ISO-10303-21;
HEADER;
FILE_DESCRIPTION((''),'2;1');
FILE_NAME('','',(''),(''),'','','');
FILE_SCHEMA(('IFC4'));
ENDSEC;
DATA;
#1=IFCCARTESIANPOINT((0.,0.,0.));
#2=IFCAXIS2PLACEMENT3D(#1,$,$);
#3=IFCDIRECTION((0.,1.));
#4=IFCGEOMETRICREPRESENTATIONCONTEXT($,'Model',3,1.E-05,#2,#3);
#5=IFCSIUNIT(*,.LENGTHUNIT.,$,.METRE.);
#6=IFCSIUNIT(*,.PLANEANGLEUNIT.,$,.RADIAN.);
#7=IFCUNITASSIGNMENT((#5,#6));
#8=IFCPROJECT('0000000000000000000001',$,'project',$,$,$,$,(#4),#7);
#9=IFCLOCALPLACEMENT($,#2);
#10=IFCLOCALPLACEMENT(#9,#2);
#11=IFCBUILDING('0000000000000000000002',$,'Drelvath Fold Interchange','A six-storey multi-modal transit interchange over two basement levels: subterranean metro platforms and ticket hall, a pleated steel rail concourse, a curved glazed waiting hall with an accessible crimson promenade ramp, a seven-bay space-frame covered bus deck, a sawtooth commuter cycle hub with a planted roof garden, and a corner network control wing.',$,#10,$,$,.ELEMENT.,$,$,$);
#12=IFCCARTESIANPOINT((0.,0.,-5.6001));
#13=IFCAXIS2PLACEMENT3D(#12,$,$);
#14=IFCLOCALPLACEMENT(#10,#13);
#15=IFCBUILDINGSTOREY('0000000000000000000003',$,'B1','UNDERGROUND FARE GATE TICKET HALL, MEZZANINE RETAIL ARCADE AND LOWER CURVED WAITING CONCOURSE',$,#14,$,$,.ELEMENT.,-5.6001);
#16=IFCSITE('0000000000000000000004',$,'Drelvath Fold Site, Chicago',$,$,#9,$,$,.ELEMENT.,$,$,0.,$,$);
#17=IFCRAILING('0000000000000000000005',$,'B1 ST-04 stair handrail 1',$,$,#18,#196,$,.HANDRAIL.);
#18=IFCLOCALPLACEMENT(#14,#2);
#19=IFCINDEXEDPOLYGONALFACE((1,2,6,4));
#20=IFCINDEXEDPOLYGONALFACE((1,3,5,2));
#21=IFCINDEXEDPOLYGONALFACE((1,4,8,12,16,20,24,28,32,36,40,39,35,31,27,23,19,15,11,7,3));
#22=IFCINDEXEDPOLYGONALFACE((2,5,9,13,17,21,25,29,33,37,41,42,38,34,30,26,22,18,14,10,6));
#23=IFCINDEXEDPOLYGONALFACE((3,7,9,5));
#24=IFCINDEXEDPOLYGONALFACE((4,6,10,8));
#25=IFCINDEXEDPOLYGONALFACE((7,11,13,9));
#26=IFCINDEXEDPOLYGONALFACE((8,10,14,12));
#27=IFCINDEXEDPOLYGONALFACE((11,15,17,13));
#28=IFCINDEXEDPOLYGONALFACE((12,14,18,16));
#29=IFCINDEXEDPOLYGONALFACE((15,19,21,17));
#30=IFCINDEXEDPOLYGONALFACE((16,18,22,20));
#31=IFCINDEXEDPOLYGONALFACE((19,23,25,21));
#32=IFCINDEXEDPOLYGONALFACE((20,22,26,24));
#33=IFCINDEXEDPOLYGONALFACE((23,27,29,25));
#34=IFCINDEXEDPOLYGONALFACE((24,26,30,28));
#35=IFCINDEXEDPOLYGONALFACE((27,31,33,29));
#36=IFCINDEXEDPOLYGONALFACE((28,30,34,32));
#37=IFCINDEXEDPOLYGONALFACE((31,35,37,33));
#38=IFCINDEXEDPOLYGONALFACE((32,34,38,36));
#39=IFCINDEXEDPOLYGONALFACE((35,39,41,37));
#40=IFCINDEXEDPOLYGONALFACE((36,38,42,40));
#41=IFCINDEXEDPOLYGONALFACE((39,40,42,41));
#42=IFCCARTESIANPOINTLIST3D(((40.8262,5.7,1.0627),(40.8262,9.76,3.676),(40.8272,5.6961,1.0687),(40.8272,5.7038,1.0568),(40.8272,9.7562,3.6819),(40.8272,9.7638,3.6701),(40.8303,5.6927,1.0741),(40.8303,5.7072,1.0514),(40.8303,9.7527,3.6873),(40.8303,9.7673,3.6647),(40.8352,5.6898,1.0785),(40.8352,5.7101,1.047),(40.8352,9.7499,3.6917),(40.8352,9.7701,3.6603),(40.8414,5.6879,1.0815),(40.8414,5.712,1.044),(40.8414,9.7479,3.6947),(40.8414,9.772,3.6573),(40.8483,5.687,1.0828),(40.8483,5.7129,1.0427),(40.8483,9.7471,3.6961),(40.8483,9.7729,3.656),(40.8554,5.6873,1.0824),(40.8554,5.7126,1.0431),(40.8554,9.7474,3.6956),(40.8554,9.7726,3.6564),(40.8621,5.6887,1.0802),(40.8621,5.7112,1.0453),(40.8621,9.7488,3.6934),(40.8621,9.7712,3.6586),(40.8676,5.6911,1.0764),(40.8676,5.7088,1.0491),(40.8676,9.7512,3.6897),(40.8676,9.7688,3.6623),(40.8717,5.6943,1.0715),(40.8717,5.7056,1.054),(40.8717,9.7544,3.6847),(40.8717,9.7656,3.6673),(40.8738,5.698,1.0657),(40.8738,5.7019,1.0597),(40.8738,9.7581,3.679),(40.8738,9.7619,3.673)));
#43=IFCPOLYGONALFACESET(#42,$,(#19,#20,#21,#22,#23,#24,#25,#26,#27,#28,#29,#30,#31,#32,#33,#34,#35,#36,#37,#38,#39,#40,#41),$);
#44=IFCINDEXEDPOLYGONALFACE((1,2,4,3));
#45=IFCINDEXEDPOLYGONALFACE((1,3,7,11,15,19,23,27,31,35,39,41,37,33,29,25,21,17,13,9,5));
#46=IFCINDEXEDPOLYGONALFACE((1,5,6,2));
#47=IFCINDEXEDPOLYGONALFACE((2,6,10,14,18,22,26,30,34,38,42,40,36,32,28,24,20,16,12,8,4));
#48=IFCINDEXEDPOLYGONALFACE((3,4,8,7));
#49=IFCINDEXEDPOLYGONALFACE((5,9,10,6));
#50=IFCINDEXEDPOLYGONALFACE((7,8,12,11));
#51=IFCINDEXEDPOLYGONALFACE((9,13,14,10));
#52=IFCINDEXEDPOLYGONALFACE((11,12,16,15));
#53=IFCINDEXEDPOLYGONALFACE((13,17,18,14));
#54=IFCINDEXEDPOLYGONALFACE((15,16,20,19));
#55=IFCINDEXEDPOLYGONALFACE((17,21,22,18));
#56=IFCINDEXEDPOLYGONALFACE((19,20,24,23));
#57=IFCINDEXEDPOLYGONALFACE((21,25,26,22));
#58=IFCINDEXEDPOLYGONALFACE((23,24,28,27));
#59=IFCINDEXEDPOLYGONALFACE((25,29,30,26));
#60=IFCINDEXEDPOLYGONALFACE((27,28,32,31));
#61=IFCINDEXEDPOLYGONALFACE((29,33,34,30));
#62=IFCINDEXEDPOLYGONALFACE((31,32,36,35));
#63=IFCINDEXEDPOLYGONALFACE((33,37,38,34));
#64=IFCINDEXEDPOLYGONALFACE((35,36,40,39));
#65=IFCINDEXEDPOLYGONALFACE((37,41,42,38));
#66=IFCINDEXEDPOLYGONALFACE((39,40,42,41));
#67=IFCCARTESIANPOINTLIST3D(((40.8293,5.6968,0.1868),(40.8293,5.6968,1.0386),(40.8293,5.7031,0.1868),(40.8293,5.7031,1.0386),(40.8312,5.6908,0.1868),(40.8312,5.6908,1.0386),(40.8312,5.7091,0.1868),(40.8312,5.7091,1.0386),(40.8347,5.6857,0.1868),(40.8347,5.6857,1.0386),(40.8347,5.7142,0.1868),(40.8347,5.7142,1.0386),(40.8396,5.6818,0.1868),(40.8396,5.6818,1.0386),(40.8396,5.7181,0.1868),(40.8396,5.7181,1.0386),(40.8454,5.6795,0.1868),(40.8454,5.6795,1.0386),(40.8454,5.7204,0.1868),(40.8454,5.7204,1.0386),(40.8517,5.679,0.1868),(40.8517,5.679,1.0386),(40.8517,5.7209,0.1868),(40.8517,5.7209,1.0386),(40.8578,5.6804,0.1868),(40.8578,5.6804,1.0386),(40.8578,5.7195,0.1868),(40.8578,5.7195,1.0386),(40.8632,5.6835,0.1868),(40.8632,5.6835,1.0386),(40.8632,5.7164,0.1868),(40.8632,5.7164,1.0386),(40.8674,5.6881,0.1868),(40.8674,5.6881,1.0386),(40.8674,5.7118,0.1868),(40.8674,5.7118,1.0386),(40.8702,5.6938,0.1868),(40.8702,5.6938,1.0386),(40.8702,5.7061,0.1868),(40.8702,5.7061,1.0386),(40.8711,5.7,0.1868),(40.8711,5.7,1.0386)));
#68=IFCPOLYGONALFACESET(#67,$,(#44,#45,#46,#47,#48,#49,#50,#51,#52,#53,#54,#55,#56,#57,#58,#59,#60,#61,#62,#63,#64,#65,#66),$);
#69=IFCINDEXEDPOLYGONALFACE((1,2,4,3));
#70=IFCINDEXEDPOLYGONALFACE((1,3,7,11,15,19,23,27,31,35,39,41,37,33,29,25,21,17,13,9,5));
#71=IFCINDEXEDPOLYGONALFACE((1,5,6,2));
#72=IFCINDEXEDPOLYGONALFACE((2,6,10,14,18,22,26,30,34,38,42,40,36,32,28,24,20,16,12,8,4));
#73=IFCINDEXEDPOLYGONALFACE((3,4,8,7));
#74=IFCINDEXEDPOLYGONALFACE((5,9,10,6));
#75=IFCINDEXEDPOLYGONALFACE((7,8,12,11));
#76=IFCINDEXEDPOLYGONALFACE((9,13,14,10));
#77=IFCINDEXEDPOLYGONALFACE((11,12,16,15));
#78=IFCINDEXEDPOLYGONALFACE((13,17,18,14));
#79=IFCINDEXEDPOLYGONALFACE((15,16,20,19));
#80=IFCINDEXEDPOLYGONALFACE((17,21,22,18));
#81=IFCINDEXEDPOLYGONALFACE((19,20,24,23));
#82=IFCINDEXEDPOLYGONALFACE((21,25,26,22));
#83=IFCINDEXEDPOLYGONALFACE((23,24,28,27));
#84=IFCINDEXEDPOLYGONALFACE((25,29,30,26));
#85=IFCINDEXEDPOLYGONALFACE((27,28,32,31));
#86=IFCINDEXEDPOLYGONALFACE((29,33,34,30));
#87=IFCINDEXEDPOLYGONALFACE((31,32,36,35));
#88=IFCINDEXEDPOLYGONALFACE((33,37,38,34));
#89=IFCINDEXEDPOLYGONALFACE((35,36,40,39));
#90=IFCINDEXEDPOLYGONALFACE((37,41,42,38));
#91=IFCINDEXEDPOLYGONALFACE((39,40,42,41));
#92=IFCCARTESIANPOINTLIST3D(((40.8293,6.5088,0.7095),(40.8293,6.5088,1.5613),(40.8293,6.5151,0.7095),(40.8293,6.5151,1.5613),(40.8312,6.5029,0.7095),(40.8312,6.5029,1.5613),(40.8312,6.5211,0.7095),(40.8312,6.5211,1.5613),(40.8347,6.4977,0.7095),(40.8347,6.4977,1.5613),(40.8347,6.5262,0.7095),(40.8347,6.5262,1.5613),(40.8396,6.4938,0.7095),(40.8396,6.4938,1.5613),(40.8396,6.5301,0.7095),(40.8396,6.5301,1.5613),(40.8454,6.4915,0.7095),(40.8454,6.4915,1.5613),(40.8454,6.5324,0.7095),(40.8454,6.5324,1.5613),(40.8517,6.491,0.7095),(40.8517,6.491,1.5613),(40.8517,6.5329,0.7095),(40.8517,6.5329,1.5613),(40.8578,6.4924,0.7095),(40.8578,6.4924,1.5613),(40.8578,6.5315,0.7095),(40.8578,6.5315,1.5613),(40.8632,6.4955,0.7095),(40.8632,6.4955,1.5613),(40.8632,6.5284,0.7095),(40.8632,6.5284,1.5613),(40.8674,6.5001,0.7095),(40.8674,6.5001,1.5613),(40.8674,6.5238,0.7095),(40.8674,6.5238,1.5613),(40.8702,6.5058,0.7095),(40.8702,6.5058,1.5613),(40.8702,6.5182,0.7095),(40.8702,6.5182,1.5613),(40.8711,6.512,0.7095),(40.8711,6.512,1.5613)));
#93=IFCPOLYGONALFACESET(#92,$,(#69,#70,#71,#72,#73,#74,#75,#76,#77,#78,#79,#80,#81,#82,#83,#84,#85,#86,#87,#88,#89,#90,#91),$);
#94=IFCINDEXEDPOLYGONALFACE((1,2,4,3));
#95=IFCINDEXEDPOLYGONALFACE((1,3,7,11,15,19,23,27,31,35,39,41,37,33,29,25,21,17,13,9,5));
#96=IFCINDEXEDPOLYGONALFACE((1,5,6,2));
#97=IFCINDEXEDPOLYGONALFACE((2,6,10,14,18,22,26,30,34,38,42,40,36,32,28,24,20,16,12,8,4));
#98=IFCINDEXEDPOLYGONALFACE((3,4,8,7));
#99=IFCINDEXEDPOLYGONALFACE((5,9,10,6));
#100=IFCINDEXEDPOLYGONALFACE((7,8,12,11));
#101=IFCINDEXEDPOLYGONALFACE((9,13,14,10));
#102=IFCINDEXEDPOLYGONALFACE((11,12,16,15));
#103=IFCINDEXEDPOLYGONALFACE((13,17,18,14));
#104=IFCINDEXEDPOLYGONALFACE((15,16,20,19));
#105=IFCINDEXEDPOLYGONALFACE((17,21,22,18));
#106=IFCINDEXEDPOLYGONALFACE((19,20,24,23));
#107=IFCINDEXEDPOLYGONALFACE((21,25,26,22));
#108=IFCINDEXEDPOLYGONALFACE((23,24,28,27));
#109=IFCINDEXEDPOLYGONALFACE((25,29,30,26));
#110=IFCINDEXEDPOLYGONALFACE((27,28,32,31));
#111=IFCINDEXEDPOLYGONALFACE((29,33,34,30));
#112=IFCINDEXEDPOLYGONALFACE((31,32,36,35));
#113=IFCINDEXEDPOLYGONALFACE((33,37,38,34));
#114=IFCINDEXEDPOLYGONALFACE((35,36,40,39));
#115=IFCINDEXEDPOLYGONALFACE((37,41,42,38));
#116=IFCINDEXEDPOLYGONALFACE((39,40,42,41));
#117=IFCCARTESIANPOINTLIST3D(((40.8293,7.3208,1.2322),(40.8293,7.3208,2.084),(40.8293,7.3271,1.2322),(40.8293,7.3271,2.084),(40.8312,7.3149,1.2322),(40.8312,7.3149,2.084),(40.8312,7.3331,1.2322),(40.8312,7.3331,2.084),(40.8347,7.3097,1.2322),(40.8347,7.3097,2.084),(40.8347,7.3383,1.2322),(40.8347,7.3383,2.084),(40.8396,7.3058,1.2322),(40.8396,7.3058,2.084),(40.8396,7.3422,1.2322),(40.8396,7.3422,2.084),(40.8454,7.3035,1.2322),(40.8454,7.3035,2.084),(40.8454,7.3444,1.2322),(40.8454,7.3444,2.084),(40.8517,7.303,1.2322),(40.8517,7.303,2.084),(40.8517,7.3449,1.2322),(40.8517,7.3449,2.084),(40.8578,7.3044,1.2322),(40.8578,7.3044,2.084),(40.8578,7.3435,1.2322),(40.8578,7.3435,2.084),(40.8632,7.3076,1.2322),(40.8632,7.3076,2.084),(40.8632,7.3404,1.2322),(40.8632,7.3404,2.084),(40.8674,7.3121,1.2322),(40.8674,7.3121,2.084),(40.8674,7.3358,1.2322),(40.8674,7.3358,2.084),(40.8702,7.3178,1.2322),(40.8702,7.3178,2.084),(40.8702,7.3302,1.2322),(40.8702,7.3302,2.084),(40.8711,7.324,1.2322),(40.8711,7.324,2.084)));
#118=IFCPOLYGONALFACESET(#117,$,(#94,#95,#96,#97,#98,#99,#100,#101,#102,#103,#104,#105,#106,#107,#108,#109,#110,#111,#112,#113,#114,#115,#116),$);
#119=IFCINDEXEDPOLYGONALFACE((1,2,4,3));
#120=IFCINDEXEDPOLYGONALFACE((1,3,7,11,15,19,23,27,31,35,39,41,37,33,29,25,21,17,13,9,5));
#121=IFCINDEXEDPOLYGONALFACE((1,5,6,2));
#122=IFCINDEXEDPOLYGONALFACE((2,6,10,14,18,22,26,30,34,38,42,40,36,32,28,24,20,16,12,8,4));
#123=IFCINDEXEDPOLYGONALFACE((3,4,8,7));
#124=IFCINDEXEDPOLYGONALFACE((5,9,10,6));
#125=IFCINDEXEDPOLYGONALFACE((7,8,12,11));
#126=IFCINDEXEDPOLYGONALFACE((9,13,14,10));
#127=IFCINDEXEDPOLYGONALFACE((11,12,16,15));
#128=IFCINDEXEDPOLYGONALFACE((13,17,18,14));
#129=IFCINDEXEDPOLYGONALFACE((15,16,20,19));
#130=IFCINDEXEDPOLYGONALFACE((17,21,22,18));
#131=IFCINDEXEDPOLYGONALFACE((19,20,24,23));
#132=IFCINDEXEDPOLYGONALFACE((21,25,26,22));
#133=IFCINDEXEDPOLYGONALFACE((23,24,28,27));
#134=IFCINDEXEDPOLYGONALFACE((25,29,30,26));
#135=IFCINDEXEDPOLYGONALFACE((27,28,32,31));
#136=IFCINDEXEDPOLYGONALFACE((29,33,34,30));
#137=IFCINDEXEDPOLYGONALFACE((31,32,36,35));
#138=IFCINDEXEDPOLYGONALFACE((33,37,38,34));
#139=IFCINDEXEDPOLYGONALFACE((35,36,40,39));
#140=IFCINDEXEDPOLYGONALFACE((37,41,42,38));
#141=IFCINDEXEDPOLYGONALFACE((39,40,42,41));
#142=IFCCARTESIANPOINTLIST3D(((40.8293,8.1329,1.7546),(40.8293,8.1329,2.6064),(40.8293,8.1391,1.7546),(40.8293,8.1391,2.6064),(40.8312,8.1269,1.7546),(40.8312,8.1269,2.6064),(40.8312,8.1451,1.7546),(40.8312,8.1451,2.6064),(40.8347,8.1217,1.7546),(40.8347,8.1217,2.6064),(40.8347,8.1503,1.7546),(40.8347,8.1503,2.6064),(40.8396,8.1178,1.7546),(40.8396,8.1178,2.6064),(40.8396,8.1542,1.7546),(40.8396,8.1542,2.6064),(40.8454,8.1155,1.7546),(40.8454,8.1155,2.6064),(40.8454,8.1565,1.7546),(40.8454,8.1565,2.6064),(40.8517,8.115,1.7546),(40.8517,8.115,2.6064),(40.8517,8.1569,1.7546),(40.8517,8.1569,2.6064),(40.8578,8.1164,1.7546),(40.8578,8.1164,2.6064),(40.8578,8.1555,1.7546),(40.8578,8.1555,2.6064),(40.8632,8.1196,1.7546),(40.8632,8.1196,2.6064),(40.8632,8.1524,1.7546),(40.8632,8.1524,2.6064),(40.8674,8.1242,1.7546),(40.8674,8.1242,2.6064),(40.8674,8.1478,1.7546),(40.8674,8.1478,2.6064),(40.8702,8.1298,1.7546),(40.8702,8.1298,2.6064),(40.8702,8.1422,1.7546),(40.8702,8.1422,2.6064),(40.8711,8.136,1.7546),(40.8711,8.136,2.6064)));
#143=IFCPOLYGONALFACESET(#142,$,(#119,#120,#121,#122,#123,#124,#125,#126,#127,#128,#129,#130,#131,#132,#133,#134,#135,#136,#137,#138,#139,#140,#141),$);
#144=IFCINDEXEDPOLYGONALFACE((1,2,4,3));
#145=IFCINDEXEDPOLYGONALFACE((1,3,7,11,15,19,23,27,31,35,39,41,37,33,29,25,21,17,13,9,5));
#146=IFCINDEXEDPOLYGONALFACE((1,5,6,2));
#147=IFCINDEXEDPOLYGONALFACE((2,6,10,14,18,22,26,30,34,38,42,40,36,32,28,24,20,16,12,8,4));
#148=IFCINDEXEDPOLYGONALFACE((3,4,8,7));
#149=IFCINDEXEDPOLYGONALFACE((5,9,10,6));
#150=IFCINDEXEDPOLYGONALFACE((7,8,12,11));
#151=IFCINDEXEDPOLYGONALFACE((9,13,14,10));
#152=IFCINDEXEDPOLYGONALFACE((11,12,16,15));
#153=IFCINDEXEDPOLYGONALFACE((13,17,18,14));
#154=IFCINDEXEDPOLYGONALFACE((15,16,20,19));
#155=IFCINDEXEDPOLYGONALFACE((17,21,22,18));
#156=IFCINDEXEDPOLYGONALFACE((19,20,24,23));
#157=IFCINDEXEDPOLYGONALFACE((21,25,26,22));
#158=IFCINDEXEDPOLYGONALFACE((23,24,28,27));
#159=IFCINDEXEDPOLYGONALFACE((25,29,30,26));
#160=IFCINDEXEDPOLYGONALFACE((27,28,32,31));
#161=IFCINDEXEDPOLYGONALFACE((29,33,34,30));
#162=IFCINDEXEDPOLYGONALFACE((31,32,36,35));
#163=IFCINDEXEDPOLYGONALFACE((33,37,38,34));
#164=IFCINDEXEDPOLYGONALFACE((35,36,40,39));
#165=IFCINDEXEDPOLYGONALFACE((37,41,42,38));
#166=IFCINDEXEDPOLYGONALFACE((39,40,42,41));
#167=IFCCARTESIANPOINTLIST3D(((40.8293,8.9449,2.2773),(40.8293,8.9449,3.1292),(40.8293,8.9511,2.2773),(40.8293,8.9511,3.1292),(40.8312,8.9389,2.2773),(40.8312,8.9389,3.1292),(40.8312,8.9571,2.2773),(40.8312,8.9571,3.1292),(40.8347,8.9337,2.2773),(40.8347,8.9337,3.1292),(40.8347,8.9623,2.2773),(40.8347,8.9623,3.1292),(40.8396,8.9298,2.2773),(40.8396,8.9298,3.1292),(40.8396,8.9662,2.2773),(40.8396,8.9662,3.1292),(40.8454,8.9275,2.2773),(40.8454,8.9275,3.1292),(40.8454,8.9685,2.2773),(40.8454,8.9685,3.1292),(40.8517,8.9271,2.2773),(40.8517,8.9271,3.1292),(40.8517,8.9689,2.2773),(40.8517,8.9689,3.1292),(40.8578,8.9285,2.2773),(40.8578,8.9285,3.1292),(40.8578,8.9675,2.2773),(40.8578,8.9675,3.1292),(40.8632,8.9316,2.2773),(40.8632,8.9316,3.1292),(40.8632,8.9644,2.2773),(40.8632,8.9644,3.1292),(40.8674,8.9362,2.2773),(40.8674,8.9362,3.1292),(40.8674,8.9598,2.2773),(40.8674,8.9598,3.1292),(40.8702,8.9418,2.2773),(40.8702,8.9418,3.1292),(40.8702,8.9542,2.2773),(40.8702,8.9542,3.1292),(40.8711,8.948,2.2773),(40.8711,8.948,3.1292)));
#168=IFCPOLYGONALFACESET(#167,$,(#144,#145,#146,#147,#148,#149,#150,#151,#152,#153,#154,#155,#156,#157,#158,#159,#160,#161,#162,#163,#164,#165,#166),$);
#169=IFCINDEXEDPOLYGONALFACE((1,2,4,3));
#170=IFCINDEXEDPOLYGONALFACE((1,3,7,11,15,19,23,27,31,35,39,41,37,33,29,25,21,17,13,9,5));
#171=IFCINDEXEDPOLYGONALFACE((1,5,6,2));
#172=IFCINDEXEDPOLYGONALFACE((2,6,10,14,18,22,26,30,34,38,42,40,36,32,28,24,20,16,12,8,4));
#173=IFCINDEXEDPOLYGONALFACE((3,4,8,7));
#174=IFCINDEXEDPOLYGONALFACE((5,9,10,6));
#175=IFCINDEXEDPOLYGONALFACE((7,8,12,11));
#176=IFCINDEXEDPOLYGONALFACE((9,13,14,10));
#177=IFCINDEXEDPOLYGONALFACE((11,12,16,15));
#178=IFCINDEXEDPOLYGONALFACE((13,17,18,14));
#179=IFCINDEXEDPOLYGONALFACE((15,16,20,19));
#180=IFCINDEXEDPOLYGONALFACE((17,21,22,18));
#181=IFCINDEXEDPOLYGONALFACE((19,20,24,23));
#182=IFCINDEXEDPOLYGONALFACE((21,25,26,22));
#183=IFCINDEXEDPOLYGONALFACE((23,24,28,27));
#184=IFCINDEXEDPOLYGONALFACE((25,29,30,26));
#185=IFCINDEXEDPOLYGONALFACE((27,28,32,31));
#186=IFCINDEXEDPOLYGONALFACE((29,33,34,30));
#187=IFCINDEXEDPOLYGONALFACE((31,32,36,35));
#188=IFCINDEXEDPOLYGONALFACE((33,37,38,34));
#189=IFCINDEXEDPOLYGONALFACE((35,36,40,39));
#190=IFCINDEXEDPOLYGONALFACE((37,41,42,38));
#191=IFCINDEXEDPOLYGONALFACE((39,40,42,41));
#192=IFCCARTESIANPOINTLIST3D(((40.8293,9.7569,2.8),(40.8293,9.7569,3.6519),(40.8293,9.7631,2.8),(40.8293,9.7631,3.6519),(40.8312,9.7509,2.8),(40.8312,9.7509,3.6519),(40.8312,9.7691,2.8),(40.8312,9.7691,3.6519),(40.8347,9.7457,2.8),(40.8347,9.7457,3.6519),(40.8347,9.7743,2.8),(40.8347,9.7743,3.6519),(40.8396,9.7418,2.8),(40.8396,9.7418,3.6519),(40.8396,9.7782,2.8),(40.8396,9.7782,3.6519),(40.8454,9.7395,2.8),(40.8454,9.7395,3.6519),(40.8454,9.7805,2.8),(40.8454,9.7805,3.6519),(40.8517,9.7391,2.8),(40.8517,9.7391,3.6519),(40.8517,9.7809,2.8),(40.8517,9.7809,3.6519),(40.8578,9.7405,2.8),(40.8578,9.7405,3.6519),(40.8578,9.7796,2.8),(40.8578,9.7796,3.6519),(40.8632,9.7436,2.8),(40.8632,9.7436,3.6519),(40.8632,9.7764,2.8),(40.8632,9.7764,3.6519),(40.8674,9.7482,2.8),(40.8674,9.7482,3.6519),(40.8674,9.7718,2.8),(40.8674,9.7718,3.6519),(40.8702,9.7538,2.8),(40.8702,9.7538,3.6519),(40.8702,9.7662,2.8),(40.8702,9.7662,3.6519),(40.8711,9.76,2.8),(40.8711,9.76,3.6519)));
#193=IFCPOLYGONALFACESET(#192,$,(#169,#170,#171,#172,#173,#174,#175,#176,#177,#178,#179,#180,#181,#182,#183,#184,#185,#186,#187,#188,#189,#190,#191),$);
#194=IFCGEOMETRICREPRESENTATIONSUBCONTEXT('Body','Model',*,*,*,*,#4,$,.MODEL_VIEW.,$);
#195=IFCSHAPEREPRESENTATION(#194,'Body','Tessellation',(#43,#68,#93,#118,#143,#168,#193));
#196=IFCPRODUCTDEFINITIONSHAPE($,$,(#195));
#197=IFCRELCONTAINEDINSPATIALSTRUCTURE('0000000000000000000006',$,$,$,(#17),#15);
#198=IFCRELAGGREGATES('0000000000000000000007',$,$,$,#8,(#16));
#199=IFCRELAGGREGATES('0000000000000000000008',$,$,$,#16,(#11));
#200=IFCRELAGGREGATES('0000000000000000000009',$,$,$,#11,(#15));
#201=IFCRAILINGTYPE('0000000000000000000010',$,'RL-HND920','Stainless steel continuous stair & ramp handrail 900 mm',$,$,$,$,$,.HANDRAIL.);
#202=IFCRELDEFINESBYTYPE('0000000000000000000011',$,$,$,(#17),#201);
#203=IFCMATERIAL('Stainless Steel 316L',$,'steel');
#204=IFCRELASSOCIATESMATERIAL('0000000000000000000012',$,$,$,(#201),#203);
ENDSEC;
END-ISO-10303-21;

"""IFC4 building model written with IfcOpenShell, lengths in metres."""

from ifc_helpers import new_model, si_unit, direction, frame, origin, origin_2d, place, context, subcontext, project, spatial, circle, extrude, material, type_object, element, save


model = new_model("IFC4")

# Units and contexts
model_context = context("Model", 3, precision=1e-05, world=origin(), true_north=direction((0.0, 1.0)))
body_context = subcontext(model_context, "Body", "Model", "MODEL_VIEW")
ifc_project = project(units=[si_unit("LENGTHUNIT", "METRE"), si_unit("PLANEANGLEUNIT", "RADIAN")], contexts=[model_context])

# Site, building, storey
site_placement = place(None, origin())
site = spatial("IfcSite", under=ifc_project, at=site_placement, Name="Drelvath Fold Site, Chicago", CompositionType="ELEMENT", RefElevation=0.0)
building_placement = place(site_placement, origin())
building = spatial("IfcBuilding", under=site, at=building_placement, Name="Drelvath Fold Interchange", Description="A six-storey multi-modal transit interchange over two basement levels: subterranean metro platforms and ticket hall, a pleated steel rail concourse, a curved glazed waiting hall with an accessible crimson promenade ramp, a seven-bay space-frame covered bus deck, a sawtooth commuter cycle hub with a planted roof garden, and a corner network control wing.", CompositionType="ELEMENT")
storey_placement = place(building_placement, frame((0.0, 0.0, -5.6001)))
storey = spatial("IfcBuildingStorey", under=building, at=storey_placement, Name="B1", Description="UNDERGROUND FARE GATE TICKET HALL, MEZZANINE RETAIL ARCADE AND LOWER CURVED WAITING CONCOURSE", CompositionType="ELEMENT", Elevation=-5.6001)

# Railing
ifc_material_1 = material(Name="Stainless Steel 316L", Category="steel")
railing_type_1 = type_object("IfcRailingType", Name="RL-HND920", Description="Stainless steel continuous stair & ramp handrail 900 mm", PredefinedType="HANDRAIL", material=ifc_material_1)
railing_1_placement = place(storey_placement, frame((40.8501, 5.7, 0.1868)))
element("IfcRailing", 1, at=railing_1_placement, inside=storey, type_object=railing_type_1, Name="B1 ST-04 stair handrail 1", PredefinedType="HANDRAIL", context=body_context, shape_type="SweptSolid", body=[
    extrude(circle(Radius=0.0239, at=origin_2d()), frame((0.0, 0.0, 0.876), z_axis=(0.0, 0.840873, 0.541233), x_axis=(-1.0, 0.0, 0.0)), (0.0, 0.0, 1.0), 4.8284),
    extrude(circle(Radius=0.021, at=origin_2d()), origin(), (0.0, 0.0, 1.0), 0.8518),
    extrude(circle(Radius=0.021, at=origin_2d()), frame((0.0, 0.812, 0.5227)), (0.0, 0.0, 1.0), 0.8518),
    extrude(circle(Radius=0.021, at=origin_2d()), frame((0.0, 1.624, 1.0454)), (0.0, 0.0, 1.0), 0.8518),
    extrude(circle(Radius=0.021, at=origin_2d()), frame((0.0, 2.436, 1.5679)), (0.0, 0.0, 1.0), 0.8518),
    extrude(circle(Radius=0.021, at=origin_2d()), frame((0.0, 3.248, 2.0906)), (0.0, 0.0, 1.0), 0.8518),
    extrude(circle(Radius=0.021, at=origin_2d()), frame((0.0, 4.0601, 2.6133)), (0.0, 0.0, 1.0), 0.8518),
])

save(model, "model.ifc")
